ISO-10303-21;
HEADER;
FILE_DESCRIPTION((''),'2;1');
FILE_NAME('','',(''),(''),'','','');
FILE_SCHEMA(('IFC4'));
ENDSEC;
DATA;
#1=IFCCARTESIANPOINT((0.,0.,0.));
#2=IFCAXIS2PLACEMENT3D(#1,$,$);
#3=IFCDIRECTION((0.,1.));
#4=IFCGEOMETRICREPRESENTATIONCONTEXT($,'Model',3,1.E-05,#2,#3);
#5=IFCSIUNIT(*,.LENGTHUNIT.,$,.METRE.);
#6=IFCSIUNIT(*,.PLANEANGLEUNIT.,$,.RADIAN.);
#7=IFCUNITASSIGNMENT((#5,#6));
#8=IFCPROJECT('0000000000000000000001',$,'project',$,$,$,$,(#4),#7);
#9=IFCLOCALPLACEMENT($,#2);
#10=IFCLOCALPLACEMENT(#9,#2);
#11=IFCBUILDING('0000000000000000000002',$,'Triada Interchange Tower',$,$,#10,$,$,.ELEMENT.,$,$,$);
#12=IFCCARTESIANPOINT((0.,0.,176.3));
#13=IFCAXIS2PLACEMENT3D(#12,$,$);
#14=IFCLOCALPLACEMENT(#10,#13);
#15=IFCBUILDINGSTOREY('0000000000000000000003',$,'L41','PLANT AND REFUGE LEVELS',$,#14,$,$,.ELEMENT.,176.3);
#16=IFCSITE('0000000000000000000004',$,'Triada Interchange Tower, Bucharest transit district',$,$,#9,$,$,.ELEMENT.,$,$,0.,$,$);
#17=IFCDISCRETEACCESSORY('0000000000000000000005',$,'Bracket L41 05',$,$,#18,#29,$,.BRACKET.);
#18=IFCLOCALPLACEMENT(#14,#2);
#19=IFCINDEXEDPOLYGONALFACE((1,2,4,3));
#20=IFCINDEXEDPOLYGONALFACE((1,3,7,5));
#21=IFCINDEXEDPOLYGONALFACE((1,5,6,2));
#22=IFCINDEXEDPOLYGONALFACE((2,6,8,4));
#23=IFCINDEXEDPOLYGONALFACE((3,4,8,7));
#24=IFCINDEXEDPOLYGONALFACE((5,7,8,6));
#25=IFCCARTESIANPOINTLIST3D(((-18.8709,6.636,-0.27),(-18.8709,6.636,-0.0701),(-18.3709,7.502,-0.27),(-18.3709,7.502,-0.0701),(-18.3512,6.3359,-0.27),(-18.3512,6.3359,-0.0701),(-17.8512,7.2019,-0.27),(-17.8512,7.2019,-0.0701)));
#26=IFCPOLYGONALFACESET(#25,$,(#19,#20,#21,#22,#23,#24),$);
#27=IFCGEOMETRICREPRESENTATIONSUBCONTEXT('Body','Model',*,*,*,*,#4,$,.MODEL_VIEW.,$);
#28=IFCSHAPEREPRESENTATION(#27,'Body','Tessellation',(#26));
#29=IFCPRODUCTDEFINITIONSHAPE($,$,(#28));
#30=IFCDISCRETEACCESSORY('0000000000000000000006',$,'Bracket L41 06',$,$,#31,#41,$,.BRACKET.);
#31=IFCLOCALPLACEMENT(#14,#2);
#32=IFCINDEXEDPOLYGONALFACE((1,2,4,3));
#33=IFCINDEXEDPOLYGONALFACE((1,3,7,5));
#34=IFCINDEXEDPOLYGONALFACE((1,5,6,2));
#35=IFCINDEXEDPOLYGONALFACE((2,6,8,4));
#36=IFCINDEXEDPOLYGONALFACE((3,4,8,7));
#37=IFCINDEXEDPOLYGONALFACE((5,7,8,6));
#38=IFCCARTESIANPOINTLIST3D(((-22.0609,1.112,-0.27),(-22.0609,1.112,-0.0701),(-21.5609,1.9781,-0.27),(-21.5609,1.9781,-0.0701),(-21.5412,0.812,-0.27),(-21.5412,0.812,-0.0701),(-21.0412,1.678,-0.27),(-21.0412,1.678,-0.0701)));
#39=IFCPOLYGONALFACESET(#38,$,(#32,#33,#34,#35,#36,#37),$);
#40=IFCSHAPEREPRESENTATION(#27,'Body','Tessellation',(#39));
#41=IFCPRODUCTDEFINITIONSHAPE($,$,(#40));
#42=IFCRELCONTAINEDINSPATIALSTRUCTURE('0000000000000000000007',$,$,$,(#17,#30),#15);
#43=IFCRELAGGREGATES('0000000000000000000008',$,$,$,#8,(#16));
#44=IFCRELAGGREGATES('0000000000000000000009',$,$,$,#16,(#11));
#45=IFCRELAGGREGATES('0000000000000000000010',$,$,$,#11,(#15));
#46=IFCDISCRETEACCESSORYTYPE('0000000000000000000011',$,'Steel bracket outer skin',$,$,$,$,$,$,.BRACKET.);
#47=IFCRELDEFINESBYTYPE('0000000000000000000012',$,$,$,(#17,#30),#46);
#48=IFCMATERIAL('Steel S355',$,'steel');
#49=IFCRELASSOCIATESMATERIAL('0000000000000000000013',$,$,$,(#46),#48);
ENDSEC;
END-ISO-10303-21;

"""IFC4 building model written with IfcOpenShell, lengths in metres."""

from ifc_helpers import new_model, si_unit, direction, frame, origin, origin_2d, place, context, subcontext, project, spatial, rectangle, extrude, material, type_object, element, save


model = new_model("IFC4")

# Units and contexts
model_context = context("Model", 3, precision=1e-05, world=origin(), true_north=direction((0.0, 1.0)))
body_context = subcontext(model_context, "Body", "Model", "MODEL_VIEW")
ifc_project = project(units=[si_unit("LENGTHUNIT", "METRE"), si_unit("PLANEANGLEUNIT", "RADIAN")], contexts=[model_context])

# Site, building, storey
site_placement = place(None, origin())
site = spatial("IfcSite", under=ifc_project, at=site_placement, Name="Triada Interchange Tower, Bucharest transit district", CompositionType="ELEMENT", RefElevation=0.0)
building_placement = place(site_placement, origin())
building = spatial("IfcBuilding", under=site, at=building_placement, Name="Triada Interchange Tower", CompositionType="ELEMENT")
storey_placement = place(building_placement, frame((0.0, 0.0, 176.3)))
storey = spatial("IfcBuildingStorey", under=building, at=storey_placement, Name="L41", Description="PLANT AND REFUGE LEVELS", CompositionType="ELEMENT", Elevation=176.3)

# Shared definitions
ifc_material_1 = material(Name="Steel S355", Category="steel")

# Discrete accessories
discrete_accessory_type = type_object("IfcDiscreteAccessoryType", Name="Steel bracket outer skin", PredefinedType="BRACKET", material=ifc_material_1)
for number, where, z_axis, x_axis, name in (
    (1, (-18.3611, 6.9189, -0.27), (0.0, 0.0, 1.0), (-0.86603, 0.499993, 0.0), "Bracket L41 05"),
    (2, (-21.551, 1.395, -0.27), (0.0, 0.0, 1.0), (-0.86603, 0.499993, 0.0), "Bracket L41 06"),
):
    element("IfcDiscreteAccessory", number, at=place(storey_placement, frame(where, z_axis=z_axis, x_axis=x_axis)), inside=storey, type_object=discrete_accessory_type, Name=name, PredefinedType="BRACKET", context=body_context, shape_type="SweptSolid", body=[
        extrude(rectangle(XDim=0.6001, YDim=1.0, at=origin_2d()), origin(), (0.0, 0.0, 1.0), 0.2),
    ])

save(model, "model.ifc")
